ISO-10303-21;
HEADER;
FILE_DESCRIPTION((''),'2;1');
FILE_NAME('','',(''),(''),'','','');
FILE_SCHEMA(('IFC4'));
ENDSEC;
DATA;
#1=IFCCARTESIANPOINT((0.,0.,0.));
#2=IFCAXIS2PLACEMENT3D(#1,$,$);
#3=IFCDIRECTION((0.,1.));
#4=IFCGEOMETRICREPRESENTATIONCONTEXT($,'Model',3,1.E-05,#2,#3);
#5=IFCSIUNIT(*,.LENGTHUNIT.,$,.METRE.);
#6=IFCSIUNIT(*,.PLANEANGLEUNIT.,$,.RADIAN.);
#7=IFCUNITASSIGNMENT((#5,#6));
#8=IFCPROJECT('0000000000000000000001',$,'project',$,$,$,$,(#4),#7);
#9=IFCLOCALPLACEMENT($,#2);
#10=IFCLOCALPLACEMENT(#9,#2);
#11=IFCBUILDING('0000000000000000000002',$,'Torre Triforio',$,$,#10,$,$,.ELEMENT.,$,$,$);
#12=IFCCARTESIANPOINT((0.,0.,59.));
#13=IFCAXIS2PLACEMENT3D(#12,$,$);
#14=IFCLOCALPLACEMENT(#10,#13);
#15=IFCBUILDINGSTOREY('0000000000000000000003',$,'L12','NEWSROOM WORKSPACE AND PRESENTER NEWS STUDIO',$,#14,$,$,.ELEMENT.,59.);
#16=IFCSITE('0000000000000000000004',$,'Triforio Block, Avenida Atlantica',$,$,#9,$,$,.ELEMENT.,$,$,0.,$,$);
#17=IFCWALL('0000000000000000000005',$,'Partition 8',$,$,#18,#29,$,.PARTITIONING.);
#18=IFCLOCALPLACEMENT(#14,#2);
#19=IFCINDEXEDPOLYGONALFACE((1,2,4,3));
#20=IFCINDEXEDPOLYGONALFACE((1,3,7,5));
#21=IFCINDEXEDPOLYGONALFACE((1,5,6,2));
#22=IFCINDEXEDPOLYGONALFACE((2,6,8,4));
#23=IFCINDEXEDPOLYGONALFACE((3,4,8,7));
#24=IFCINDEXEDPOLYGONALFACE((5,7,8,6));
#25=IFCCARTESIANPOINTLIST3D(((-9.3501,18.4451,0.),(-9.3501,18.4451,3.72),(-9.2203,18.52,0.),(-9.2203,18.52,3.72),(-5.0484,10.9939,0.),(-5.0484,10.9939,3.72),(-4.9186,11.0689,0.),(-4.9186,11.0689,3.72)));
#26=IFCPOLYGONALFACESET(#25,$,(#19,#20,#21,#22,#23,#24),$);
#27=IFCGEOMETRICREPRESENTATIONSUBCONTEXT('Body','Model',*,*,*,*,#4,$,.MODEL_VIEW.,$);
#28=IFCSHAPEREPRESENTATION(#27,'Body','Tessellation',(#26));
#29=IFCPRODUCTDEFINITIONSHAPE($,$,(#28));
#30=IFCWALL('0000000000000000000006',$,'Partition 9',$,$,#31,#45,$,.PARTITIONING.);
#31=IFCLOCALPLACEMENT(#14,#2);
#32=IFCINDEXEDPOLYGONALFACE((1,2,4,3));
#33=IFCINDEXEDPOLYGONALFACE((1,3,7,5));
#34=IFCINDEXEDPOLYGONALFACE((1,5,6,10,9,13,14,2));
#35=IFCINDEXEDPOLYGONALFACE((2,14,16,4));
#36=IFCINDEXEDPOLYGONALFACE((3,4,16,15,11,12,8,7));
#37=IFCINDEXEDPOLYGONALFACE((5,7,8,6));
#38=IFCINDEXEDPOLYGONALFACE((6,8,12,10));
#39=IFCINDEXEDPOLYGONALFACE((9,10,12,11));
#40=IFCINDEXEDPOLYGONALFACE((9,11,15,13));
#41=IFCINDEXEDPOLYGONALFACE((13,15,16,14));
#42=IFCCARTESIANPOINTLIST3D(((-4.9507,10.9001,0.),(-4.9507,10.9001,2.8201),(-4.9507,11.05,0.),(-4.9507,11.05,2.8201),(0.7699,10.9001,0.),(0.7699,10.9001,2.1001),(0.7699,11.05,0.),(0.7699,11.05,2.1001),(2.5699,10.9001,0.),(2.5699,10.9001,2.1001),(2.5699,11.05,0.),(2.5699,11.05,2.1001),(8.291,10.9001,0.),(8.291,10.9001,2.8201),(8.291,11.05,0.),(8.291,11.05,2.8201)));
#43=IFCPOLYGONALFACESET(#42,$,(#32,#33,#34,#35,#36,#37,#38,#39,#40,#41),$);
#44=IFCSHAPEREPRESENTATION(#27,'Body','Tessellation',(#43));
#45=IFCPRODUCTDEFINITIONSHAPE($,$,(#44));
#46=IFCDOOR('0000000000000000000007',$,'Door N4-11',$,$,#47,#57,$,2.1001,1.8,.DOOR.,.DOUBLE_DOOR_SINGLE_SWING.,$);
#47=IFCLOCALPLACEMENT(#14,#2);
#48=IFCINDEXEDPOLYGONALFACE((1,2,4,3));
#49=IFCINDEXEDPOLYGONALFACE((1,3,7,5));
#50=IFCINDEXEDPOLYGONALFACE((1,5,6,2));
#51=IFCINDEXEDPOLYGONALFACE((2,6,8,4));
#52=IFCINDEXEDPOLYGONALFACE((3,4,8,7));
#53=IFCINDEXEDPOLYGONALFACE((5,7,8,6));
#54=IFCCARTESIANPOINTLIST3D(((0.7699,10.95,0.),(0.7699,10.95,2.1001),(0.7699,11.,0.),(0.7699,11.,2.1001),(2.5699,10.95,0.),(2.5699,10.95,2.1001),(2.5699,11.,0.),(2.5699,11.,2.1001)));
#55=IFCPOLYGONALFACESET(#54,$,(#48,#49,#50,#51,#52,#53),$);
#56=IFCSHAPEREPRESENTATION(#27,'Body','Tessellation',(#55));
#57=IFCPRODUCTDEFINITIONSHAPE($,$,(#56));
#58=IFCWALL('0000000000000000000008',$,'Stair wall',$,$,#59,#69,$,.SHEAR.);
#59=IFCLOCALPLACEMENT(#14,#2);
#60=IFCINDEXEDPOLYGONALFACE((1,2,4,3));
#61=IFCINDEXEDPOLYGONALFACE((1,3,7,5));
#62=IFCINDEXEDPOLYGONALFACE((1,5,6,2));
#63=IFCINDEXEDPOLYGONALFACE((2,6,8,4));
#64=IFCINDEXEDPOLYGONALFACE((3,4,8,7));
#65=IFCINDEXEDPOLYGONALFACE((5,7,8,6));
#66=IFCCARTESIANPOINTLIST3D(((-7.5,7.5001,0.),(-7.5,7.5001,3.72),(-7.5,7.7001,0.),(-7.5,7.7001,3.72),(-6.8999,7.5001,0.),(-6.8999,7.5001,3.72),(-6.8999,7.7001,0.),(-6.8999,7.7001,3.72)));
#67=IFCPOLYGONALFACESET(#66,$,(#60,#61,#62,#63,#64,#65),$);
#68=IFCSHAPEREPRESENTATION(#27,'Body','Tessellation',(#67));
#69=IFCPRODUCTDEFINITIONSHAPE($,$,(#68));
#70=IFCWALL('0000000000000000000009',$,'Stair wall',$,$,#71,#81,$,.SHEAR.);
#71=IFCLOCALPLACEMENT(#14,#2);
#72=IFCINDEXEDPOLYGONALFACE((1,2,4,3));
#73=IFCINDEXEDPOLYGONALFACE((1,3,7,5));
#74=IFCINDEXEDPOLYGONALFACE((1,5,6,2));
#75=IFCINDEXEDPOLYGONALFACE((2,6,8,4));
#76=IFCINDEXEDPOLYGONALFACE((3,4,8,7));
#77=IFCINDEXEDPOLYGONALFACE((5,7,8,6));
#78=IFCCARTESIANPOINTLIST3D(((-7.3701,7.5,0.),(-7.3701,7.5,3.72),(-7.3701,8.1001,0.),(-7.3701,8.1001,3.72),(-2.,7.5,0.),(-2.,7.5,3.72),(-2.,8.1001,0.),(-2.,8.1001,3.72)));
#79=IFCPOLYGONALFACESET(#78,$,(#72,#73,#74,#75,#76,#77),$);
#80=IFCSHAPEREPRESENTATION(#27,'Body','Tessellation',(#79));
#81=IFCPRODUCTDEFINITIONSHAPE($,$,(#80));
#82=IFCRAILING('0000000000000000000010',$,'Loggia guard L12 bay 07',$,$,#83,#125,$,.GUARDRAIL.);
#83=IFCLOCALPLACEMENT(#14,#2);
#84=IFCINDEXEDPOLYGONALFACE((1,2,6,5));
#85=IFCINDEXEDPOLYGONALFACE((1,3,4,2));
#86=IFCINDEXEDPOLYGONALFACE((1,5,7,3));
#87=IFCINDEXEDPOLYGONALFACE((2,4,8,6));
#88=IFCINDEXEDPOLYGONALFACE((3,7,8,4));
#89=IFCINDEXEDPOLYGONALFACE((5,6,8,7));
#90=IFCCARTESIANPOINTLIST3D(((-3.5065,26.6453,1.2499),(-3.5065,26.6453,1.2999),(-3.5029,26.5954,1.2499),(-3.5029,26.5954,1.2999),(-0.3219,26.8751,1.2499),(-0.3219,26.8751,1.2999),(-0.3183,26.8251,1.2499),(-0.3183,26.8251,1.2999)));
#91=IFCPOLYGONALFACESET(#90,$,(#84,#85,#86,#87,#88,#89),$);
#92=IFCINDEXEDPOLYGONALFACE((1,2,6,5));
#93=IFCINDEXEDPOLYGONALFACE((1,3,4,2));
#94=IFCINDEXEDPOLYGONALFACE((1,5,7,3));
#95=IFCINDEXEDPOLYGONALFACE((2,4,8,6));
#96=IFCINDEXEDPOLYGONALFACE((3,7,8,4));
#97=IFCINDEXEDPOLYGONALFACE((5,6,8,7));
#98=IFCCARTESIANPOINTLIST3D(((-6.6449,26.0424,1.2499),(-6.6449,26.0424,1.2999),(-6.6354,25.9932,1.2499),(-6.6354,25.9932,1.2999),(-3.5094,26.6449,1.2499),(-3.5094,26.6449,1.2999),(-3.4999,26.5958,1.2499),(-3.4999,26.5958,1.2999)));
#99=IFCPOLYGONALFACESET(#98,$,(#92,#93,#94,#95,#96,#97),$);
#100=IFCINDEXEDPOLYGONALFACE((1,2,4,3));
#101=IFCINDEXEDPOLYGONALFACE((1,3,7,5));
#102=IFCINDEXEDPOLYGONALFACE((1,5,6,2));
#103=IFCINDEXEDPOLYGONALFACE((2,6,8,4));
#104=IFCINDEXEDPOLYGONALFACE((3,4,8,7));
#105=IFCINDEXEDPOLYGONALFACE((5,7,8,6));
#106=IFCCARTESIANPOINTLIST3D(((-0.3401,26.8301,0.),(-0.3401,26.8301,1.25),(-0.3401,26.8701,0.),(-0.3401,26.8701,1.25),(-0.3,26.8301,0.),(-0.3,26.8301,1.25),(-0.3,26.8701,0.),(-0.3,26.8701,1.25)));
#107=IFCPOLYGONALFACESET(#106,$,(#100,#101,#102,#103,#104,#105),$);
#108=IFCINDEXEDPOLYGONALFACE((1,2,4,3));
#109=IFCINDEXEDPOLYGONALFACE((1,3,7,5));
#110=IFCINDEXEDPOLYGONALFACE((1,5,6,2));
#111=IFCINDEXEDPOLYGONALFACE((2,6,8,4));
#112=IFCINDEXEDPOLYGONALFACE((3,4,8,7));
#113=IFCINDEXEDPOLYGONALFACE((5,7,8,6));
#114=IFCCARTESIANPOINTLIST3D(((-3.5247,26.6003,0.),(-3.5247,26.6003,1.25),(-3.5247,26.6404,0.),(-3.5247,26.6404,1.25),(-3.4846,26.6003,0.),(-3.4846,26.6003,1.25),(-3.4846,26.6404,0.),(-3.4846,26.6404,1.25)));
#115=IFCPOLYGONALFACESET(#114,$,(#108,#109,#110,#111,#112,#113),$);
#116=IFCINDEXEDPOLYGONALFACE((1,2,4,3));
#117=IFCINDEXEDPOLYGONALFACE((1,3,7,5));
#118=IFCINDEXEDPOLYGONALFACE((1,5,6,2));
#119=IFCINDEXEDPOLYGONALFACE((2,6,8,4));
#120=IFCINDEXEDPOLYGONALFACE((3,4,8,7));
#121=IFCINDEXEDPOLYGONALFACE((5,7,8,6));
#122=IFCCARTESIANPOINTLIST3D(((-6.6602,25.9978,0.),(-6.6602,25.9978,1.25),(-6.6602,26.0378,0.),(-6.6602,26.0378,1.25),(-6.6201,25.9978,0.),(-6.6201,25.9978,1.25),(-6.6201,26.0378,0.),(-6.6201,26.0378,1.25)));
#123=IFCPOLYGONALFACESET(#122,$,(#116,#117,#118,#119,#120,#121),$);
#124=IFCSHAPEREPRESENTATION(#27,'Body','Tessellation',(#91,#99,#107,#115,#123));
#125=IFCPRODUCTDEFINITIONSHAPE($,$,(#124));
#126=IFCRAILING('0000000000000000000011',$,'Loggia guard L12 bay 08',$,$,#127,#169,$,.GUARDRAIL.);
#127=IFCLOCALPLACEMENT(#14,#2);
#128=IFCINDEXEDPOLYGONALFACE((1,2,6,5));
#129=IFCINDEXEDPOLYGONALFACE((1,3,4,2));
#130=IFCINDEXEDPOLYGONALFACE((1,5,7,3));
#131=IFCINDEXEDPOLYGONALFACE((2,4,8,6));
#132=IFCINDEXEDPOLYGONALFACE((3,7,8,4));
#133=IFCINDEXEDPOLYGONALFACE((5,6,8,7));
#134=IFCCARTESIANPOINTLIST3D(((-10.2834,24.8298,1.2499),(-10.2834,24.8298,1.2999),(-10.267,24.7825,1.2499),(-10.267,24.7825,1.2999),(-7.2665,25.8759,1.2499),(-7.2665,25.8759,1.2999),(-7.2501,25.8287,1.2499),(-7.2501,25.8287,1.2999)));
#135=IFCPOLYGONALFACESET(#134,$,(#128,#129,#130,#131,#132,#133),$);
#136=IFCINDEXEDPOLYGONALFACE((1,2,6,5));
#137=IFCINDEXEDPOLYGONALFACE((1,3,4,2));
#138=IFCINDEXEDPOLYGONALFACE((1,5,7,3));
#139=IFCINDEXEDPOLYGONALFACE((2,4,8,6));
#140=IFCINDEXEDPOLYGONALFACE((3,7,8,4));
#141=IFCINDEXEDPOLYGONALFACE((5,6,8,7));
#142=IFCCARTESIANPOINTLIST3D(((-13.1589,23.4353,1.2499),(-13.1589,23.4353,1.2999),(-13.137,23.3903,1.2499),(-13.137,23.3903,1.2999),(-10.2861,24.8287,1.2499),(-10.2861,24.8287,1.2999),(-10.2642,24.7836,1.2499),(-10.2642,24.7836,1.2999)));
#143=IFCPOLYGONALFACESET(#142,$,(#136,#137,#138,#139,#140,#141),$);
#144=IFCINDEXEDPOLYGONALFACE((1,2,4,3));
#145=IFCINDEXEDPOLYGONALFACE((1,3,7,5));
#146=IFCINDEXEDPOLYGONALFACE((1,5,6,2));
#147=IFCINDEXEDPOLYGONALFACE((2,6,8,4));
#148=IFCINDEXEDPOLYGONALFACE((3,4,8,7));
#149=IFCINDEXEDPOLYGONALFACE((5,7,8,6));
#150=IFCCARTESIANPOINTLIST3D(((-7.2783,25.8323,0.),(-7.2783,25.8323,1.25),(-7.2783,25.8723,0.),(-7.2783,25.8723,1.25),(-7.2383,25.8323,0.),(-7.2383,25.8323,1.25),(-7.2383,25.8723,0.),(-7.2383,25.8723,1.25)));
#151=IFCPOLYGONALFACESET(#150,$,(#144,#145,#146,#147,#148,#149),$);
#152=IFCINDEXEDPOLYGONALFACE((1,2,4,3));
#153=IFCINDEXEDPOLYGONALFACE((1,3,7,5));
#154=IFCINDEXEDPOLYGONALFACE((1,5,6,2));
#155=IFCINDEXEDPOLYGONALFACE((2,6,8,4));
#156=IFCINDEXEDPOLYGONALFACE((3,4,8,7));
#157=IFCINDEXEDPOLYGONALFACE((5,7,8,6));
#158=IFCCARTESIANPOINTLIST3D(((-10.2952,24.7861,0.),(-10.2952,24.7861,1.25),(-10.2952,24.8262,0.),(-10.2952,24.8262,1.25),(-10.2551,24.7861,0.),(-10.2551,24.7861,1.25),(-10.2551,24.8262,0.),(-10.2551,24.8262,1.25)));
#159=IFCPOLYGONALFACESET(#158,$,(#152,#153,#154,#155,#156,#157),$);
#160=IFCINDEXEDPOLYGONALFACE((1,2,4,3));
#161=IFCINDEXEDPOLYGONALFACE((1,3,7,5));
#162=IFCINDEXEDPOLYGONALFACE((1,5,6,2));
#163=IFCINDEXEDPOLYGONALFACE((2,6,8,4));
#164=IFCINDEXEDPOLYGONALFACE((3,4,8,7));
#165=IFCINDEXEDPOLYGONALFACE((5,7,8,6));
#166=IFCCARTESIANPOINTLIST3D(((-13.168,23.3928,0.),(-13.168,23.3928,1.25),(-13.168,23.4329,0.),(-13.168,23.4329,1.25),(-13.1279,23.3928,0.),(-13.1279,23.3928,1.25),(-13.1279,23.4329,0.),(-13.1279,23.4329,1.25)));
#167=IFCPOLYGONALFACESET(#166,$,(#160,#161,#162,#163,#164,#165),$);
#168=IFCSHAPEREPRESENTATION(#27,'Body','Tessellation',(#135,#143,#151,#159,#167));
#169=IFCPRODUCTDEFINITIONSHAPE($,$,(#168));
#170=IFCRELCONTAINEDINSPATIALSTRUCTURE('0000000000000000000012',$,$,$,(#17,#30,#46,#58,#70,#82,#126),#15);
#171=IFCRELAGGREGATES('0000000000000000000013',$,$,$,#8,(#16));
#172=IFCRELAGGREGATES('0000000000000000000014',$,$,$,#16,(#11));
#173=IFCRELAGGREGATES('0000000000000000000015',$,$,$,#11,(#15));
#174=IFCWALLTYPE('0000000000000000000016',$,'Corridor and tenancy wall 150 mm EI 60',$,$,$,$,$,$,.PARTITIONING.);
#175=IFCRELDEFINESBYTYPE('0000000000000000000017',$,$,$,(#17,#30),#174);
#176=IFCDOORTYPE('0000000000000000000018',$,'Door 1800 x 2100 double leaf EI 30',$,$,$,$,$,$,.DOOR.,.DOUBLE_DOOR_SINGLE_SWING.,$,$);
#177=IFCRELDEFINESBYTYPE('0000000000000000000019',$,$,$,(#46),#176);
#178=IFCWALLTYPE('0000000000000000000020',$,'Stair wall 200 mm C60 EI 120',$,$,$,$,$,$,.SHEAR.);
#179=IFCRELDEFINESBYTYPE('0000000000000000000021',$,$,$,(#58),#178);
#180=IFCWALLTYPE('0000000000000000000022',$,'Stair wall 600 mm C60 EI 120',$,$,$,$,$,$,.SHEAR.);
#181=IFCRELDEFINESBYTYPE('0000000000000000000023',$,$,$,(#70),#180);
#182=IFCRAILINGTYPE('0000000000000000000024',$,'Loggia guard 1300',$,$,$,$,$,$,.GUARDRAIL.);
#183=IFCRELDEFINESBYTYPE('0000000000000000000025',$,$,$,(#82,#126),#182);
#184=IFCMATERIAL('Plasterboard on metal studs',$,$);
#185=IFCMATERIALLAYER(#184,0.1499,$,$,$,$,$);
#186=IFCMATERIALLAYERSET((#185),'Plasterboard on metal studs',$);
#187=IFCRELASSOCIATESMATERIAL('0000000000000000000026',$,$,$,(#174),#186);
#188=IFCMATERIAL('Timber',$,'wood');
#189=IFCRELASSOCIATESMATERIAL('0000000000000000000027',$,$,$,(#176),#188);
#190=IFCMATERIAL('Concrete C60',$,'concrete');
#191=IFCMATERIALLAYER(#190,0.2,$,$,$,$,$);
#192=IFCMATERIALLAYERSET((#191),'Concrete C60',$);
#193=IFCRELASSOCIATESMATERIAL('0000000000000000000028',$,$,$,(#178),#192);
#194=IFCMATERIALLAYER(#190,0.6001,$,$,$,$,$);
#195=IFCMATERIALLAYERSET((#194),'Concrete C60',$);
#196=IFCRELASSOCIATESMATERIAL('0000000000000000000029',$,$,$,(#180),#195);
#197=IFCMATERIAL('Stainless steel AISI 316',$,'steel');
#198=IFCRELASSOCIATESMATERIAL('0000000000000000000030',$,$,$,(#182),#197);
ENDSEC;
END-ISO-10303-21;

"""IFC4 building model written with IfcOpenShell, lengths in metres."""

from ifc_helpers import new_model, si_unit, direction, frame, frame_2d, origin, origin_2d, place, context, subcontext, project, spatial, rectangle, extrude, material, layer, layer_set, type_object, element, fill, save


model = new_model("IFC4")

# Units and contexts
model_context = context("Model", 3, precision=1e-05, world=origin(), true_north=direction((0.0, 1.0)))
body_context = subcontext(model_context, "Body", "Model", "MODEL_VIEW")
ifc_project = project(units=[si_unit("LENGTHUNIT", "METRE"), si_unit("PLANEANGLEUNIT", "RADIAN")], contexts=[model_context])

# Site, building, storey
site_placement = place(None, origin())
site = spatial("IfcSite", under=ifc_project, at=site_placement, Name="Triforio Block, Avenida Atlantica", CompositionType="ELEMENT", RefElevation=0.0)
building_placement = place(site_placement, origin())
building = spatial("IfcBuilding", under=site, at=building_placement, Name="Torre Triforio", CompositionType="ELEMENT")
storey_placement = place(building_placement, frame((0.0, 0.0, 59.0)))
storey = spatial("IfcBuildingStorey", under=building, at=storey_placement, Name="L12", Description="NEWSROOM WORKSPACE AND PRESENTER NEWS STUDIO", CompositionType="ELEMENT", Elevation=59.0)

# Shared definitions
ifc_material_1 = material(Name="Concrete C60", Category="concrete")

# Shared definitions
ifc_material_2 = material(Name="Plasterboard on metal studs")
ifc_layer_1 = layer(ifc_material_2, 0.1499)
ifc_layer_set_1 = layer_set([ifc_layer_1], Name="Plasterboard on metal studs")
wall_type_1 = type_object("IfcWallType", Name="Corridor and tenancy wall 150 mm EI 60", PredefinedType="PARTITIONING", material=ifc_layer_set_1)

# Shared definitions
ifc_material_3 = material(Name="Timber", Category="wood")

# Wall
wall_1_placement = place(storey_placement, frame((-9.2852, 18.4824, 0.0), z_axis=(0.0, 0.0, 1.0), x_axis=(0.499984, -0.866034, 0.0)))
element("IfcWall", 1, at=wall_1_placement, inside=storey, type_object=wall_type_1, Name="Partition 8", PredefinedType="PARTITIONING", context=body_context, shape_type="SweptSolid", body=[
    extrude(rectangle(XDim=8.6038, YDim=0.1499, at=frame_2d((4.3018, 0.0))), origin(), (0.0, 0.0, 1.0), 3.72),
])

# Wall, opening, door
wall_2_placement = place(storey_placement, frame((-4.9507, 10.9751, 0.0), z_axis=(0.0, 0.0, 1.0), x_axis=(1.0, 0.0, 0.0)))
wall_2 = element("IfcWall", 2, at=wall_2_placement, inside=storey, type_object=wall_type_1, Name="Partition 9", PredefinedType="PARTITIONING", context=body_context, shape_type="SweptSolid", body=[
    extrude(rectangle(XDim=13.2417, YDim=0.1499, at=frame_2d((6.6208, 0.0))), origin(), (0.0, 0.0, 1.0), 2.8201),
])
opening_1_placement = place(wall_2_placement, frame((5.7207, 0.0, 0.0)))
opening_1 = element("IfcOpeningElement", 3, at=opening_1_placement, cuts=wall_2, PredefinedType="OPENING", context=body_context, shape_type="SweptSolid", body=[
    extrude(rectangle(XDim=1.8, YDim=2.1001, at=frame_2d((0.8999, 1.05))), frame((0.0, 0.085, 0.0), z_axis=(0.0, -1.0, 0.0), x_axis=(1.0, 0.0, 0.0)), (0.0, 0.0, 1.0), 0.1699),
])
door_type_1 = type_object("IfcDoorType", Name="Door 1800 x 2100 double leaf EI 30", OperationType="DOUBLE_DOOR_SINGLE_SWING", PredefinedType="DOOR", material=ifc_material_3)
door_1_placement = place(opening_1_placement, origin())
door_1 = element("IfcDoor", 4, at=door_1_placement, inside=storey, type_object=door_type_1, Name="Door N4-11", OperationType="DOUBLE_DOOR_SINGLE_SWING", OverallHeight=2.1001, OverallWidth=1.8, PredefinedType="DOOR", context=body_context, shape_type="SweptSolid", body=[
    extrude(rectangle(XDim=1.8, YDim=2.1001, at=frame_2d((0.8999, 1.05))), frame((0.0, 0.0249, 0.0), z_axis=(0.0, -1.0, 0.0), x_axis=(1.0, 0.0, 0.0)), (0.0, 0.0, 1.0), 0.05),
])
fill(opening_1, door_1)

# Walls
ifc_layer_2 = layer(ifc_material_1, 0.2)
ifc_layer_set_2 = layer_set([ifc_layer_2], Name="Concrete C60")
wall_type_2 = type_object("IfcWallType", Name="Stair wall 200 mm C60 EI 120", PredefinedType="SHEAR", material=ifc_layer_set_2)
wall_3_placement = place(storey_placement, frame((-7.5, 7.6001, 0.0), z_axis=(0.0, 0.0, 1.0), x_axis=(1.0, 0.0, 0.0)))
element("IfcWall", 5, at=wall_3_placement, inside=storey, type_object=wall_type_2, Name="Stair wall", PredefinedType="SHEAR", context=body_context, shape_type="SweptSolid", body=[
    extrude(rectangle(XDim=0.6001, YDim=0.2, at=frame_2d((0.3, 0.0))), origin(), (0.0, 0.0, 1.0), 3.72),
])
ifc_layer_3 = layer(ifc_material_1, 0.6001)
ifc_layer_set_3 = layer_set([ifc_layer_3], Name="Concrete C60")
wall_type_3 = type_object("IfcWallType", Name="Stair wall 600 mm C60 EI 120", PredefinedType="SHEAR", material=ifc_layer_set_3)
wall_4_placement = place(storey_placement, frame((-7.3701, 7.8, 0.0), z_axis=(0.0, 0.0, 1.0), x_axis=(1.0, 0.0, 0.0)))
element("IfcWall", 6, at=wall_4_placement, inside=storey, type_object=wall_type_3, Name="Stair wall", PredefinedType="SHEAR", context=body_context, shape_type="SweptSolid", body=[
    extrude(rectangle(XDim=5.3701, YDim=0.6001, at=frame_2d((2.6851, 0.0))), origin(), (0.0, 0.0, 1.0), 3.72),
])

# Railings
ifc_material_4 = material(Name="Stainless steel AISI 316", Category="steel")
railing_type = type_object("IfcRailingType", Name="Loggia guard 1300", PredefinedType="GUARDRAIL", material=ifc_material_4)
railing_1_placement = place(storey_placement, frame((-0.3201, 26.8501, 0.0)))
element("IfcRailing", 7, at=railing_1_placement, inside=storey, type_object=railing_type, Name="Loggia guard L12 bay 07", PredefinedType="GUARDRAIL", context=body_context, shape_type="SweptSolid", body=[
    extrude(rectangle(XDim=0.05, YDim=0.05, at=origin_2d()), frame((0.0, 0.0, 1.2749), z_axis=(-0.997408, -0.071953, 0.0), x_axis=(0.071953, -0.997408, 0.0)), (0.0, 0.0, 1.0), 3.1929),
    extrude(rectangle(XDim=0.05, YDim=0.05, at=origin_2d()), frame((-3.1846, -0.2297, 1.2749), z_axis=(-0.982032, -0.188714, 0.0), x_axis=(0.188714, -0.982032, 0.0)), (0.0, 0.0, 1.0), 3.1929),
    extrude(rectangle(XDim=0.04, YDim=0.04, at=origin_2d()), origin(), (0.0, 0.0, 1.0), 1.25),
    extrude(rectangle(XDim=0.04, YDim=0.04, at=origin_2d()), frame((-3.1846, -0.2297, 0.0)), (0.0, 0.0, 1.0), 1.25),
    extrude(rectangle(XDim=0.04, YDim=0.04, at=origin_2d()), frame((-6.3201, -0.8323, 0.0)), (0.0, 0.0, 1.0), 1.25),
])
railing_2_placement = place(storey_placement, frame((-7.2583, 25.8523, 0.0)))
element("IfcRailing", 8, at=railing_2_placement, inside=storey, type_object=railing_type, Name="Loggia guard L12 bay 08", PredefinedType="GUARDRAIL", context=body_context, shape_type="SweptSolid", body=[
    extrude(rectangle(XDim=0.05, YDim=0.05, at=origin_2d()), frame((0.0, 0.0, 1.2749), z_axis=(-0.944807, -0.327628, 0.0), x_axis=(0.327628, -0.944807, 0.0)), (0.0, 0.0, 1.0), 3.1931),
    extrude(rectangle(XDim=0.05, YDim=0.05, at=origin_2d()), frame((-3.0168, -1.0461, 1.2749), z_axis=(-0.89976, -0.436384, 0.0), x_axis=(0.436384, -0.89976, 0.0)), (0.0, 0.0, 1.0), 3.1929),
    extrude(rectangle(XDim=0.04, YDim=0.04, at=origin_2d()), origin(), (0.0, 0.0, 1.0), 1.25),
    extrude(rectangle(XDim=0.04, YDim=0.04, at=origin_2d()), frame((-3.0168, -1.0461, 0.0)), (0.0, 0.0, 1.0), 1.25),
    extrude(rectangle(XDim=0.04, YDim=0.04, at=origin_2d()), frame((-5.8896, -2.4395, 0.0)), (0.0, 0.0, 1.0), 1.25),
])

save(model, "model.ifc")
